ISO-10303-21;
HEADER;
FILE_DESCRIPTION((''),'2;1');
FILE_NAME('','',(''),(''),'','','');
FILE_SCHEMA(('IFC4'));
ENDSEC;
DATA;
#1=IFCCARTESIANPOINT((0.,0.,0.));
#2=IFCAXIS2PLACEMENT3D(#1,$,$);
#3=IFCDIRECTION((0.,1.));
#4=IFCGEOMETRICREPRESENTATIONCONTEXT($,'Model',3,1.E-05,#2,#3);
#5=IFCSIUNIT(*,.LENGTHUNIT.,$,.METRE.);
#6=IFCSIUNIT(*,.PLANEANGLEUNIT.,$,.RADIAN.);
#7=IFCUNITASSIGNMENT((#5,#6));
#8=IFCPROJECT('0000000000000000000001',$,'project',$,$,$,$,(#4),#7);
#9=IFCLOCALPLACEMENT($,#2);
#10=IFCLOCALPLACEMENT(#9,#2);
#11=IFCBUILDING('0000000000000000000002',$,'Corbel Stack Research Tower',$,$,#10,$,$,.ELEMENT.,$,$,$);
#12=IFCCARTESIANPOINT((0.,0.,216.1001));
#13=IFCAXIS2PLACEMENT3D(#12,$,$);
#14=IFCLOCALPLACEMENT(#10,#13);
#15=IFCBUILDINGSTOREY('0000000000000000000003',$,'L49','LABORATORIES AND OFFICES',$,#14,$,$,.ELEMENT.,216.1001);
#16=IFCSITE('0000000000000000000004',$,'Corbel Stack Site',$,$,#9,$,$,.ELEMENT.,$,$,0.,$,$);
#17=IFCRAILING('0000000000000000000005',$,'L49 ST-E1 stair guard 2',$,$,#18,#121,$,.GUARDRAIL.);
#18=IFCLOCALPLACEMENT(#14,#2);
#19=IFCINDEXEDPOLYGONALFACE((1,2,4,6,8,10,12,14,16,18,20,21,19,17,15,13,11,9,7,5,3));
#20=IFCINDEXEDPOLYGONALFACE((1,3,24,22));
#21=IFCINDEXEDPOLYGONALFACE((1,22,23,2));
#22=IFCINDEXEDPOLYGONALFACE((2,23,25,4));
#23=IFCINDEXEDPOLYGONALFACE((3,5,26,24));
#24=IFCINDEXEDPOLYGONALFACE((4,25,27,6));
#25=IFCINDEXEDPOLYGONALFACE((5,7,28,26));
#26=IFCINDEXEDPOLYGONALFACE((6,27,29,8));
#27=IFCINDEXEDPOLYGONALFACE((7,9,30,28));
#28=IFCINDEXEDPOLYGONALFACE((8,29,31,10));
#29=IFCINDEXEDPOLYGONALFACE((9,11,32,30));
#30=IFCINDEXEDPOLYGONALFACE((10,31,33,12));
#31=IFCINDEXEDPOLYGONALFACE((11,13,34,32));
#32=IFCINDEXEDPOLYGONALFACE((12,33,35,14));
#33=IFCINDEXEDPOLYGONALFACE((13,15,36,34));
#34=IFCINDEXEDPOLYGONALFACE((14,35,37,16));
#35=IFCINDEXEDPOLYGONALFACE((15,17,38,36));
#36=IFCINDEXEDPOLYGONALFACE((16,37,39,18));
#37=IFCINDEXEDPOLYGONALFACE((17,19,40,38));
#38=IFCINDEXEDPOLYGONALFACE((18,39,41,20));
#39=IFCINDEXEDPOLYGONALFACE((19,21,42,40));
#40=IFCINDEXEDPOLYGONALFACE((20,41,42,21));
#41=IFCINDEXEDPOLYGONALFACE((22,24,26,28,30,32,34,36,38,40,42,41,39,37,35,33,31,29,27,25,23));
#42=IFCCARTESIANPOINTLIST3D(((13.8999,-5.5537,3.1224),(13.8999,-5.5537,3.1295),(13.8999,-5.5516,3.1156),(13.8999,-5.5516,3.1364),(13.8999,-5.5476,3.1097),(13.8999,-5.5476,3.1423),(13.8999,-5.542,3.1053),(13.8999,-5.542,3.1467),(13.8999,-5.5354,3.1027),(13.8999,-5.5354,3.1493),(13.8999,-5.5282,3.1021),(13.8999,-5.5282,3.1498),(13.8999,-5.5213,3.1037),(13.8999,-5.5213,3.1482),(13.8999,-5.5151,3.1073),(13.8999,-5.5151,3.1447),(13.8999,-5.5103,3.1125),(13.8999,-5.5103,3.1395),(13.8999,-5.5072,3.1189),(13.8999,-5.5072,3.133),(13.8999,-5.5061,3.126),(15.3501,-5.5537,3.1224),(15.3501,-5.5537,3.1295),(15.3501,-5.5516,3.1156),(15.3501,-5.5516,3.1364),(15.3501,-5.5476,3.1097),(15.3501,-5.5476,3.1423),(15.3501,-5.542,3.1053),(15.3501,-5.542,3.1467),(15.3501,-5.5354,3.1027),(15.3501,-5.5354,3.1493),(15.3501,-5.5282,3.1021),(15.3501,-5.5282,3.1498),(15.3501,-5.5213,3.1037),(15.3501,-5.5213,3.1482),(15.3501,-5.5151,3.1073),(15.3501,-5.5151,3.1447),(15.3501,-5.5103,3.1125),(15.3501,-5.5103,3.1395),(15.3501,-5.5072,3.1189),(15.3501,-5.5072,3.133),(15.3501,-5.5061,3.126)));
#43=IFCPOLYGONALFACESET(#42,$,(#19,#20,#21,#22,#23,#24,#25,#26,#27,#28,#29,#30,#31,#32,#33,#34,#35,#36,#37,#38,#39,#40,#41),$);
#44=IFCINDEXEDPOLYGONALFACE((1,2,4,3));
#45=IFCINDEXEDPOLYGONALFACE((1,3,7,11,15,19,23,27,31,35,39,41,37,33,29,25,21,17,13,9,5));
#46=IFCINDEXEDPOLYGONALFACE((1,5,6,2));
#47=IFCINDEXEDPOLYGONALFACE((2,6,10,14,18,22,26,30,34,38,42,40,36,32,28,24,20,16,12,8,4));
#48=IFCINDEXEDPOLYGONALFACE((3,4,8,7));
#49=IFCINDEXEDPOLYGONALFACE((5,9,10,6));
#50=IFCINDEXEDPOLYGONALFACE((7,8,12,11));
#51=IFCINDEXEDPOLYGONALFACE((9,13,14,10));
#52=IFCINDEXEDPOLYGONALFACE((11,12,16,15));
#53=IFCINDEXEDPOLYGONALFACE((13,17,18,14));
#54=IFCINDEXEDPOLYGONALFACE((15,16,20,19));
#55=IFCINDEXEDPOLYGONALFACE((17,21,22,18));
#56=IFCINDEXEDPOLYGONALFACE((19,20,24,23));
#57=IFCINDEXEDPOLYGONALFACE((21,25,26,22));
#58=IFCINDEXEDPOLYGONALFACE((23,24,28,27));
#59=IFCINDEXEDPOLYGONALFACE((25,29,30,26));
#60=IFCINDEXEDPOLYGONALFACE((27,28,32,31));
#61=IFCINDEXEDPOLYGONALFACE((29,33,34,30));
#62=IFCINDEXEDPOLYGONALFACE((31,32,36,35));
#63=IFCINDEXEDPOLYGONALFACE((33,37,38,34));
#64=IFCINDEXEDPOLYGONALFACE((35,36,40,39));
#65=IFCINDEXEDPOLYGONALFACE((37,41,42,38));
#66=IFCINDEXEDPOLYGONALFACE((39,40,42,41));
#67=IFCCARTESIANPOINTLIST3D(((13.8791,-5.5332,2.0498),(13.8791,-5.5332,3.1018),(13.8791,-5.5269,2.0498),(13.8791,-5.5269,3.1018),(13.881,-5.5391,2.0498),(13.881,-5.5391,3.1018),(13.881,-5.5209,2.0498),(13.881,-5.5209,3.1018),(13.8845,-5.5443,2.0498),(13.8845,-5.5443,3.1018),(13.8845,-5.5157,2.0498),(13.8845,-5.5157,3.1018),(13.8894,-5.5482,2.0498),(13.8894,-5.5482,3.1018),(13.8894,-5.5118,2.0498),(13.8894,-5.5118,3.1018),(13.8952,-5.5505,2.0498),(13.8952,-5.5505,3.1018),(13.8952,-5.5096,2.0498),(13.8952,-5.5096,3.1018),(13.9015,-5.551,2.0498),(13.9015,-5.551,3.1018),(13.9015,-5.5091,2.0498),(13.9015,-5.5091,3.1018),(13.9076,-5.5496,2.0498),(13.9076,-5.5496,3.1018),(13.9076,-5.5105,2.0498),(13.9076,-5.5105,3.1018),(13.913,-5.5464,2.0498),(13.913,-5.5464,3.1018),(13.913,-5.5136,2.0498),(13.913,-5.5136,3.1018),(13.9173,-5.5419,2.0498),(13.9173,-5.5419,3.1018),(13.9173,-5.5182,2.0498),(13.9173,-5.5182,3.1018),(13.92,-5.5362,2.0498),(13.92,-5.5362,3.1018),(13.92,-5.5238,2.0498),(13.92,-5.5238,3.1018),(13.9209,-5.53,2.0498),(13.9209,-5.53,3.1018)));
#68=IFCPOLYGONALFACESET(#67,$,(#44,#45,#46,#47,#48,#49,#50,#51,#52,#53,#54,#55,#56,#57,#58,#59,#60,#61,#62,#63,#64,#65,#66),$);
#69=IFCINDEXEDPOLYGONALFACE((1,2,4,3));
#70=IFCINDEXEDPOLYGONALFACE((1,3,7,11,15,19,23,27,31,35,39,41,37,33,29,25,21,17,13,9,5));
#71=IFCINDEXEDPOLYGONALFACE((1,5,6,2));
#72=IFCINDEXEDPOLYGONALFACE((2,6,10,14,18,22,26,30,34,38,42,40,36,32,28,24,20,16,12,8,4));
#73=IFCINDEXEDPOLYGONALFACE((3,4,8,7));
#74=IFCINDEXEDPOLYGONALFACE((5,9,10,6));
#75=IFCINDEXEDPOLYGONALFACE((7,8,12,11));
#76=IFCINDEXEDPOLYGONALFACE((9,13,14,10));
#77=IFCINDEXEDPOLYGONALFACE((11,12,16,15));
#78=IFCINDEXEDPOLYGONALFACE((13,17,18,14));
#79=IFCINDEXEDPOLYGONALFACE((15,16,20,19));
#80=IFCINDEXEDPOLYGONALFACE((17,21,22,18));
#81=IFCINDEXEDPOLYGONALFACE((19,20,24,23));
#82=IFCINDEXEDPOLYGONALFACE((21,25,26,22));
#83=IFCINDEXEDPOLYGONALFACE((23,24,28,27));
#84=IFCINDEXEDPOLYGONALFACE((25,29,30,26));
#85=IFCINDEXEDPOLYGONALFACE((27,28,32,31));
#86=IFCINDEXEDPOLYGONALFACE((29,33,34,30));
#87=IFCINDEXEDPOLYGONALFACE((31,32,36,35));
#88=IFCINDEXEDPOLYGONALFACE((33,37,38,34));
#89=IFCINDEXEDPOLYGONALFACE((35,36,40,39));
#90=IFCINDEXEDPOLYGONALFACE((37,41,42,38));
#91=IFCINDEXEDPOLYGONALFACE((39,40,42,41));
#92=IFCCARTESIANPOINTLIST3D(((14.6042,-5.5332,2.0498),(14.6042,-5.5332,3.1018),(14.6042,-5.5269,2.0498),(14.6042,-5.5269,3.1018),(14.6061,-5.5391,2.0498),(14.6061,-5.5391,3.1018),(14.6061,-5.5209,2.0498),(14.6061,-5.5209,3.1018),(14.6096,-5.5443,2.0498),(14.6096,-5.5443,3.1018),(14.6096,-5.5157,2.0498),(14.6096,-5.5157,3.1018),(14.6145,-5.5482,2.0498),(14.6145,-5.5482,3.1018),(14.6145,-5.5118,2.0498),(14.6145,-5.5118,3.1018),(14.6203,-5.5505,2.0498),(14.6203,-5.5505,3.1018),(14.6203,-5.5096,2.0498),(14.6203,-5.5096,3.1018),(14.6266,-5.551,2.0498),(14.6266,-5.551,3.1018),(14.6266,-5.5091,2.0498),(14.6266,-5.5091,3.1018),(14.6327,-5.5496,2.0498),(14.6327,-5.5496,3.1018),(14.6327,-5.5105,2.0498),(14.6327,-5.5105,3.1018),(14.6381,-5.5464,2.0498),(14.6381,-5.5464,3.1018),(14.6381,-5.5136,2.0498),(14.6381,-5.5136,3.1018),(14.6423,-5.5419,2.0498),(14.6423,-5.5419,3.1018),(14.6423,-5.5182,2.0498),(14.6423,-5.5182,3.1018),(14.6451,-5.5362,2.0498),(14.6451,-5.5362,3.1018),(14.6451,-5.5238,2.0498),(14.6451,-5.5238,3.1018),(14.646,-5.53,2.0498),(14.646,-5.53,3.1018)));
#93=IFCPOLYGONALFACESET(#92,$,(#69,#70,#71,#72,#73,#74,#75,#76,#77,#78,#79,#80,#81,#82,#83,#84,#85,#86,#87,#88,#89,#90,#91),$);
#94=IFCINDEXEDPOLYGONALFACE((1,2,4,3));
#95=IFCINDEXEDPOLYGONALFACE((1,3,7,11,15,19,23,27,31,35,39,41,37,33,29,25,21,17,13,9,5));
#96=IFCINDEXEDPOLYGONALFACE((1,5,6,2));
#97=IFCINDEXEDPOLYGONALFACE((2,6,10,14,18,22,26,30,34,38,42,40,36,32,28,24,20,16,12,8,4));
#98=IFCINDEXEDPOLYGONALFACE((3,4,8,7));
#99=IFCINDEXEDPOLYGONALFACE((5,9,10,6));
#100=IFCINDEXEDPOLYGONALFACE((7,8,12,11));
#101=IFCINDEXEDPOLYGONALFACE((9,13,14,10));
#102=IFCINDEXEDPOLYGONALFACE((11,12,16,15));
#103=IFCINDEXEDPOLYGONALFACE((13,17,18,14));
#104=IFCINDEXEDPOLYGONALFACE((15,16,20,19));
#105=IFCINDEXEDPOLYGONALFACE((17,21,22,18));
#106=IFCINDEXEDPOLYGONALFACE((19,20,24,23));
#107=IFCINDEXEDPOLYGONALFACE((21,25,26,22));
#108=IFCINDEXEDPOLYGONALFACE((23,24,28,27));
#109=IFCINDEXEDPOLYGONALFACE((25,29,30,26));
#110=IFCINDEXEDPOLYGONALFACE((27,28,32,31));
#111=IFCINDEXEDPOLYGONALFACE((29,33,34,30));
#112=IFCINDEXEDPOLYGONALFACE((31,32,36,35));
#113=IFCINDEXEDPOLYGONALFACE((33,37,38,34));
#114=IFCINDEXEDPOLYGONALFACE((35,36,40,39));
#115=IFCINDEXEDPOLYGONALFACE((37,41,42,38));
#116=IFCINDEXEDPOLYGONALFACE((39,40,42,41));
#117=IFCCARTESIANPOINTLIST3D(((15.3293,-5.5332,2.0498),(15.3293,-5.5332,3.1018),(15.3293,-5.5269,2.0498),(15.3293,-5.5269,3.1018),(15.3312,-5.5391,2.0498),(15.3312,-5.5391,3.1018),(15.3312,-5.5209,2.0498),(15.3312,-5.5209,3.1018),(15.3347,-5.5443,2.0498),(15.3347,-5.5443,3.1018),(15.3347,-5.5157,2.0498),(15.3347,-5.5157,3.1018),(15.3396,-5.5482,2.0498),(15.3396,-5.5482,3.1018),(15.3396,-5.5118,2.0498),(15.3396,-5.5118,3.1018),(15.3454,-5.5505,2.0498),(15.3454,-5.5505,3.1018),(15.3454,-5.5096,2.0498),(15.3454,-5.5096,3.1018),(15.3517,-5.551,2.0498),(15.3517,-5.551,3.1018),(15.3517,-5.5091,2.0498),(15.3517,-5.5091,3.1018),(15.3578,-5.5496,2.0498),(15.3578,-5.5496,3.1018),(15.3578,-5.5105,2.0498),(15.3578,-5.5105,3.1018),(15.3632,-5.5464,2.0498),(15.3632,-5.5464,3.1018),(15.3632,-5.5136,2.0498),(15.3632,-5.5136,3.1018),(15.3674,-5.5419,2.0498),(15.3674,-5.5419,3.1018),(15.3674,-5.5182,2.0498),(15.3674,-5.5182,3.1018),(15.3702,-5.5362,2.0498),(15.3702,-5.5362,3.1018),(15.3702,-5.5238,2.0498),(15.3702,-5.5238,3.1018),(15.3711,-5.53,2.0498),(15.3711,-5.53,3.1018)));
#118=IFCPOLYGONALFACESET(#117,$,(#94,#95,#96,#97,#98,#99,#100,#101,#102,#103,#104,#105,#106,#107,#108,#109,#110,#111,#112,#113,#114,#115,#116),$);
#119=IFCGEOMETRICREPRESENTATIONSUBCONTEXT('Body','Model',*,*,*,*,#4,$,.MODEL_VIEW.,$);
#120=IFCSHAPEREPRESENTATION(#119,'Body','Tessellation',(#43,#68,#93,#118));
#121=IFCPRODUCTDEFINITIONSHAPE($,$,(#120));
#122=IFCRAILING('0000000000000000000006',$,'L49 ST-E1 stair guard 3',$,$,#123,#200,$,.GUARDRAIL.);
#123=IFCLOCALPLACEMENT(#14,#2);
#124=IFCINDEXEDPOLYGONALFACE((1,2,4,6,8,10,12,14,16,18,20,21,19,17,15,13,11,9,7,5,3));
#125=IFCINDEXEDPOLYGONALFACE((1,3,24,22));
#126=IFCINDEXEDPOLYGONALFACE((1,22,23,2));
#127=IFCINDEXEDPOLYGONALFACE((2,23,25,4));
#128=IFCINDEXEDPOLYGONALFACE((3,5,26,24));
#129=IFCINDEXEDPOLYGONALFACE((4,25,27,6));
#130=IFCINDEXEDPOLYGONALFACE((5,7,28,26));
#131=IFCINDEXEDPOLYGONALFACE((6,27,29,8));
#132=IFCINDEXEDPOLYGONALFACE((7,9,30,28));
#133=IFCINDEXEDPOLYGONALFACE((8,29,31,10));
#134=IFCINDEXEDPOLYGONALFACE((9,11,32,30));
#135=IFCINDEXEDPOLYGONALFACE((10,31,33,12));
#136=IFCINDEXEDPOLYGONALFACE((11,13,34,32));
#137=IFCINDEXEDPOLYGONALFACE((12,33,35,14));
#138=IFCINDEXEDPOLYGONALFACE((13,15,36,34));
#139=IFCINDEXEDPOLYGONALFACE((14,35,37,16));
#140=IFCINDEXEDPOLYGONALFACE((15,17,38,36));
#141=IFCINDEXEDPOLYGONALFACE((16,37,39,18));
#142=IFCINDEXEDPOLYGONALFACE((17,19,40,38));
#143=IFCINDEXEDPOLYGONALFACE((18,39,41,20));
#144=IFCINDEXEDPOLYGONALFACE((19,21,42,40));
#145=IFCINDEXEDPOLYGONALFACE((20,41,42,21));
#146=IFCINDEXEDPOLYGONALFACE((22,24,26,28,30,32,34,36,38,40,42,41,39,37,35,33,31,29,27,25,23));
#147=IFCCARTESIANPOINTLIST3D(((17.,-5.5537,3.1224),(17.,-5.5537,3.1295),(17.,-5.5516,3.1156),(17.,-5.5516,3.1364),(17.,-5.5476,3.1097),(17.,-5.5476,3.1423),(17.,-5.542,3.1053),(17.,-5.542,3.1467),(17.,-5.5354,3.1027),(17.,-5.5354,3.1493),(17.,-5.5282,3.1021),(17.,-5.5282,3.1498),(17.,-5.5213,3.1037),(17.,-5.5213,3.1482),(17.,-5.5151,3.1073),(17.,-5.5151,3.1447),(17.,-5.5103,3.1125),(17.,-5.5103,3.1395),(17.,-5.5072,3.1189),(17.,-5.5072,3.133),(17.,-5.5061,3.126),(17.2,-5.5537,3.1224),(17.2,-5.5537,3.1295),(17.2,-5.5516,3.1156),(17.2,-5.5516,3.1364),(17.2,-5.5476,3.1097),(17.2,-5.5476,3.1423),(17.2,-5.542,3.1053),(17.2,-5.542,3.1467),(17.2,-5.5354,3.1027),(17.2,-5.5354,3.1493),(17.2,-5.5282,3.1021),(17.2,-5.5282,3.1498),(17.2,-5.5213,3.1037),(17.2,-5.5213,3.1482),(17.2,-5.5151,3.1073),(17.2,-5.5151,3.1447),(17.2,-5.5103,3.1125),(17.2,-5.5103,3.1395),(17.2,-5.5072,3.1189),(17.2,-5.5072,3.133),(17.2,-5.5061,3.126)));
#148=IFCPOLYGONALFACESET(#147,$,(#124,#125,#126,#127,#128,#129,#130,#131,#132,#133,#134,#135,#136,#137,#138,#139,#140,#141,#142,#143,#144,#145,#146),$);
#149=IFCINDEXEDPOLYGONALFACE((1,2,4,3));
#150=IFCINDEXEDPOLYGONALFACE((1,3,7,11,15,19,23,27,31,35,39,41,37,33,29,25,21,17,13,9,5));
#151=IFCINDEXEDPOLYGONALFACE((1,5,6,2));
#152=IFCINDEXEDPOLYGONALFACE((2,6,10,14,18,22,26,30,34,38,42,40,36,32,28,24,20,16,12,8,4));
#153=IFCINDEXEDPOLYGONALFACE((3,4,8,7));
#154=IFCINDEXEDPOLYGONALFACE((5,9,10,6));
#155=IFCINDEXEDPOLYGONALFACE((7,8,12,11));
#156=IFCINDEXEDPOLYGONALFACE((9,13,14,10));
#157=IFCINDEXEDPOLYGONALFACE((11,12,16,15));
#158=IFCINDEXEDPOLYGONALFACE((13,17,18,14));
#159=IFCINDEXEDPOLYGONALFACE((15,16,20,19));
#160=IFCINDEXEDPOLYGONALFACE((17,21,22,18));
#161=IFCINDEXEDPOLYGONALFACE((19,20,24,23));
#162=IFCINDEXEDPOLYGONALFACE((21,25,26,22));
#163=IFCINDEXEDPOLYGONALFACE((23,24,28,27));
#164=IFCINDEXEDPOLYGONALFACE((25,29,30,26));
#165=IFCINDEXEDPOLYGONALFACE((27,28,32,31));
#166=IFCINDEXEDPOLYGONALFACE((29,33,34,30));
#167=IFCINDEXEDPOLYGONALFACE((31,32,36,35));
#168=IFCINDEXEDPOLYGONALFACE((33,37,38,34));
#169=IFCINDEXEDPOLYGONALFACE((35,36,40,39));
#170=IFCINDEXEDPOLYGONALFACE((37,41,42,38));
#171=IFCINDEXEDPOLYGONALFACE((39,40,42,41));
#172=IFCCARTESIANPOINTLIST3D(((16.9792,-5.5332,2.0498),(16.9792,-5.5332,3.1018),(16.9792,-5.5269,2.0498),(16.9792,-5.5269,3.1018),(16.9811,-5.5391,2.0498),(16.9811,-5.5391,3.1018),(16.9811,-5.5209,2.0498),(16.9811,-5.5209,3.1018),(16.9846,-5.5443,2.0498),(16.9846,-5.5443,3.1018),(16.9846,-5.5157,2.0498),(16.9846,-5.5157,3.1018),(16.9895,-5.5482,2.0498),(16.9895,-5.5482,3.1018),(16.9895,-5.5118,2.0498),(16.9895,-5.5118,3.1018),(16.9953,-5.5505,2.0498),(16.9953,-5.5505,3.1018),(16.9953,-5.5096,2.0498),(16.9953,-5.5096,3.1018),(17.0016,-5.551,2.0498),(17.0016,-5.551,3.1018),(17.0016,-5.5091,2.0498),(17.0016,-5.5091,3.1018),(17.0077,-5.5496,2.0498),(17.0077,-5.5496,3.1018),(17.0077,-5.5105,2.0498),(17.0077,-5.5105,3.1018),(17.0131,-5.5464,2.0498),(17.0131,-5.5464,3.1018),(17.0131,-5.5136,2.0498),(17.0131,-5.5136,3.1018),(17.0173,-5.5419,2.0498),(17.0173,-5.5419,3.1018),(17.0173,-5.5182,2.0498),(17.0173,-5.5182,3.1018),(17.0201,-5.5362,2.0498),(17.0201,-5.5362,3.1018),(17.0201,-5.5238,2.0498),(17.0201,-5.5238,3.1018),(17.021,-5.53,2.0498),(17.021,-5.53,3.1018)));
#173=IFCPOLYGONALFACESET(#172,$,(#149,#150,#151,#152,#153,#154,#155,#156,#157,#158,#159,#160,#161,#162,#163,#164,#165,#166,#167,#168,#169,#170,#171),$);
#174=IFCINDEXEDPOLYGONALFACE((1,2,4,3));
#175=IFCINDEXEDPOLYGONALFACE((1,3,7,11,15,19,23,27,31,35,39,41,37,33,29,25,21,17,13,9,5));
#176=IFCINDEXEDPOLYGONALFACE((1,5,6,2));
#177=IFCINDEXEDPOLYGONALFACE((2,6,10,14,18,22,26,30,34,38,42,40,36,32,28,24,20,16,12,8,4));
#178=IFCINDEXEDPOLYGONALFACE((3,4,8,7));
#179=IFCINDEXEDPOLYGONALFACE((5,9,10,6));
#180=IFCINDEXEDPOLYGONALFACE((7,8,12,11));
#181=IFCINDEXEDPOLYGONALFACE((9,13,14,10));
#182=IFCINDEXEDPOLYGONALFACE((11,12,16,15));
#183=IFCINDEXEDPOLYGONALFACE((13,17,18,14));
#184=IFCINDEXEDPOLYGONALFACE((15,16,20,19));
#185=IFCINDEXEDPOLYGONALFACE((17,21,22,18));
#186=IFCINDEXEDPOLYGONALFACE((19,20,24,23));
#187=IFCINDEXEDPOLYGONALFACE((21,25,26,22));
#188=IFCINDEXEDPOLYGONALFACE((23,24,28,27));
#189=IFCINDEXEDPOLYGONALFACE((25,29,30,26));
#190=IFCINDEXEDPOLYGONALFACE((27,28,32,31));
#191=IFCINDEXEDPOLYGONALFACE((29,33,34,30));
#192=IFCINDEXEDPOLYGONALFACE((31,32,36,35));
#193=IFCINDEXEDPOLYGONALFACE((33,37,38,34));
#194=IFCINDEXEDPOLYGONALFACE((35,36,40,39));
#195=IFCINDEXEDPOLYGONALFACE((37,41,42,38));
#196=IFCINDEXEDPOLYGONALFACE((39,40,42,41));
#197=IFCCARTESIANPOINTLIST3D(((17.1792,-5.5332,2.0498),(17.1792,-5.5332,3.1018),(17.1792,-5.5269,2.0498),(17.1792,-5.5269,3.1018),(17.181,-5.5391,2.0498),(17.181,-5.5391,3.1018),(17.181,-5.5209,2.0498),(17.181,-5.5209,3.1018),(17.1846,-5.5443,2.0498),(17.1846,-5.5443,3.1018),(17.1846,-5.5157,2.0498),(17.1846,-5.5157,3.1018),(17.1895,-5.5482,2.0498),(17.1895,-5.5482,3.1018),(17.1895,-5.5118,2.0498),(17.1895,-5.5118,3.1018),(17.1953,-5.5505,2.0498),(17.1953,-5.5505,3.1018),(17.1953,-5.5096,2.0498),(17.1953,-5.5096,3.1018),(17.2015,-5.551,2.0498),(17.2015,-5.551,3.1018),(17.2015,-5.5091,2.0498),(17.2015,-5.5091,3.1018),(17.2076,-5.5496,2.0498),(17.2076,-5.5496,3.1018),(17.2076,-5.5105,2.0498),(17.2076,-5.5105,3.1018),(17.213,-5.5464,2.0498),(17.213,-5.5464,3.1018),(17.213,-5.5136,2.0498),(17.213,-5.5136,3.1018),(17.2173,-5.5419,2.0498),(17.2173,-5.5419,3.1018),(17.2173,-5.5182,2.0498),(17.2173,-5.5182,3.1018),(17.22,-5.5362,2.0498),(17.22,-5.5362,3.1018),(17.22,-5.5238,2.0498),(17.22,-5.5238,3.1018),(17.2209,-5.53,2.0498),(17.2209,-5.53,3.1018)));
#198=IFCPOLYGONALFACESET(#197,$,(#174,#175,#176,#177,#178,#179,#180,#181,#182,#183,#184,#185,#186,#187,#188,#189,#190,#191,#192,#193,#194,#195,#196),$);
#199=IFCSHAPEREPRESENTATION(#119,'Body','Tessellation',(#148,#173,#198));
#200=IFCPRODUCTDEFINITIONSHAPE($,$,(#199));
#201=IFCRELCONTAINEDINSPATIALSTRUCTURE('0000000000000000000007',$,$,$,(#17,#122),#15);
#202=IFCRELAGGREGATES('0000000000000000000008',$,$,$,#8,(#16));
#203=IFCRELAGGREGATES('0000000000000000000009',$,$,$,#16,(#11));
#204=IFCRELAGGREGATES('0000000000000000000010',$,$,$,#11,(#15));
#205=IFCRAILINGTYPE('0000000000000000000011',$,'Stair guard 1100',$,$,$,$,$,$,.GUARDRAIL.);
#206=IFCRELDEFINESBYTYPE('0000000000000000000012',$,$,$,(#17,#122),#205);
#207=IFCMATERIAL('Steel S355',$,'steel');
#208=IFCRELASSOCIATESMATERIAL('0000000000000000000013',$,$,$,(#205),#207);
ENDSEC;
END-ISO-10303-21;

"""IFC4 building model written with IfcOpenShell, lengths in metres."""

from ifc_helpers import new_model, si_unit, direction, frame, origin, origin_2d, place, context, subcontext, project, spatial, circle, extrude, material, type_object, element, save


model = new_model("IFC4")

# Units and contexts
model_context = context("Model", 3, precision=1e-05, world=origin(), true_north=direction((0.0, 1.0)))
body_context = subcontext(model_context, "Body", "Model", "MODEL_VIEW")
ifc_project = project(units=[si_unit("LENGTHUNIT", "METRE"), si_unit("PLANEANGLEUNIT", "RADIAN")], contexts=[model_context])

# Site, building, storey
site_placement = place(None, origin())
site = spatial("IfcSite", under=ifc_project, at=site_placement, Name="Corbel Stack Site", CompositionType="ELEMENT", RefElevation=0.0)
building_placement = place(site_placement, origin())
building = spatial("IfcBuilding", under=site, at=building_placement, Name="Corbel Stack Research Tower", CompositionType="ELEMENT")
storey_placement = place(building_placement, frame((0.0, 0.0, 216.1001)))
storey = spatial("IfcBuildingStorey", under=building, at=storey_placement, Name="L49", Description="LABORATORIES AND OFFICES", CompositionType="ELEMENT", Elevation=216.1001)

# Railings
ifc_material_1 = material(Name="Steel S355", Category="steel")
railing_type_1 = type_object("IfcRailingType", Name="Stair guard 1100", PredefinedType="GUARDRAIL", material=ifc_material_1)
railing_1_placement = place(storey_placement, frame((13.8999, -5.53, 2.0498)))
element("IfcRailing", 1, at=railing_1_placement, inside=storey, type_object=railing_type_1, Name="L49 ST-E1 stair guard 2", PredefinedType="GUARDRAIL", context=body_context, shape_type="SweptSolid", body=[
    extrude(circle(Radius=0.0239, at=origin_2d()), frame((0.0, 0.0, 1.0762), z_axis=(1.0, 0.0, 0.0), x_axis=(0.0, 1.0, 0.0)), (0.0, 0.0, 1.0), 1.4502),
    extrude(circle(Radius=0.021, at=origin_2d()), origin(), (0.0, 0.0, 1.0), 1.052),
    extrude(circle(Radius=0.021, at=origin_2d()), frame((0.7251, 0.0, 0.0)), (0.0, 0.0, 1.0), 1.052),
    extrude(circle(Radius=0.021, at=origin_2d()), frame((1.4502, 0.0, 0.0)), (0.0, 0.0, 1.0), 1.052),
])
railing_2_placement = place(storey_placement, frame((17.0, -5.53, 2.0498)))
element("IfcRailing", 2, at=railing_2_placement, inside=storey, type_object=railing_type_1, Name="L49 ST-E1 stair guard 3", PredefinedType="GUARDRAIL", context=body_context, shape_type="SweptSolid", body=[
    extrude(circle(Radius=0.0239, at=origin_2d()), frame((0.0, 0.0, 1.0762), z_axis=(1.0, 0.0, 0.0), x_axis=(0.0, 1.0, 0.0)), (0.0, 0.0, 1.0), 0.2),
    extrude(circle(Radius=0.021, at=origin_2d()), origin(), (0.0, 0.0, 1.0), 1.052),
    extrude(circle(Radius=0.021, at=origin_2d()), frame((0.2, 0.0, 0.0)), (0.0, 0.0, 1.0), 1.052),
])

save(model, "model.ifc")
